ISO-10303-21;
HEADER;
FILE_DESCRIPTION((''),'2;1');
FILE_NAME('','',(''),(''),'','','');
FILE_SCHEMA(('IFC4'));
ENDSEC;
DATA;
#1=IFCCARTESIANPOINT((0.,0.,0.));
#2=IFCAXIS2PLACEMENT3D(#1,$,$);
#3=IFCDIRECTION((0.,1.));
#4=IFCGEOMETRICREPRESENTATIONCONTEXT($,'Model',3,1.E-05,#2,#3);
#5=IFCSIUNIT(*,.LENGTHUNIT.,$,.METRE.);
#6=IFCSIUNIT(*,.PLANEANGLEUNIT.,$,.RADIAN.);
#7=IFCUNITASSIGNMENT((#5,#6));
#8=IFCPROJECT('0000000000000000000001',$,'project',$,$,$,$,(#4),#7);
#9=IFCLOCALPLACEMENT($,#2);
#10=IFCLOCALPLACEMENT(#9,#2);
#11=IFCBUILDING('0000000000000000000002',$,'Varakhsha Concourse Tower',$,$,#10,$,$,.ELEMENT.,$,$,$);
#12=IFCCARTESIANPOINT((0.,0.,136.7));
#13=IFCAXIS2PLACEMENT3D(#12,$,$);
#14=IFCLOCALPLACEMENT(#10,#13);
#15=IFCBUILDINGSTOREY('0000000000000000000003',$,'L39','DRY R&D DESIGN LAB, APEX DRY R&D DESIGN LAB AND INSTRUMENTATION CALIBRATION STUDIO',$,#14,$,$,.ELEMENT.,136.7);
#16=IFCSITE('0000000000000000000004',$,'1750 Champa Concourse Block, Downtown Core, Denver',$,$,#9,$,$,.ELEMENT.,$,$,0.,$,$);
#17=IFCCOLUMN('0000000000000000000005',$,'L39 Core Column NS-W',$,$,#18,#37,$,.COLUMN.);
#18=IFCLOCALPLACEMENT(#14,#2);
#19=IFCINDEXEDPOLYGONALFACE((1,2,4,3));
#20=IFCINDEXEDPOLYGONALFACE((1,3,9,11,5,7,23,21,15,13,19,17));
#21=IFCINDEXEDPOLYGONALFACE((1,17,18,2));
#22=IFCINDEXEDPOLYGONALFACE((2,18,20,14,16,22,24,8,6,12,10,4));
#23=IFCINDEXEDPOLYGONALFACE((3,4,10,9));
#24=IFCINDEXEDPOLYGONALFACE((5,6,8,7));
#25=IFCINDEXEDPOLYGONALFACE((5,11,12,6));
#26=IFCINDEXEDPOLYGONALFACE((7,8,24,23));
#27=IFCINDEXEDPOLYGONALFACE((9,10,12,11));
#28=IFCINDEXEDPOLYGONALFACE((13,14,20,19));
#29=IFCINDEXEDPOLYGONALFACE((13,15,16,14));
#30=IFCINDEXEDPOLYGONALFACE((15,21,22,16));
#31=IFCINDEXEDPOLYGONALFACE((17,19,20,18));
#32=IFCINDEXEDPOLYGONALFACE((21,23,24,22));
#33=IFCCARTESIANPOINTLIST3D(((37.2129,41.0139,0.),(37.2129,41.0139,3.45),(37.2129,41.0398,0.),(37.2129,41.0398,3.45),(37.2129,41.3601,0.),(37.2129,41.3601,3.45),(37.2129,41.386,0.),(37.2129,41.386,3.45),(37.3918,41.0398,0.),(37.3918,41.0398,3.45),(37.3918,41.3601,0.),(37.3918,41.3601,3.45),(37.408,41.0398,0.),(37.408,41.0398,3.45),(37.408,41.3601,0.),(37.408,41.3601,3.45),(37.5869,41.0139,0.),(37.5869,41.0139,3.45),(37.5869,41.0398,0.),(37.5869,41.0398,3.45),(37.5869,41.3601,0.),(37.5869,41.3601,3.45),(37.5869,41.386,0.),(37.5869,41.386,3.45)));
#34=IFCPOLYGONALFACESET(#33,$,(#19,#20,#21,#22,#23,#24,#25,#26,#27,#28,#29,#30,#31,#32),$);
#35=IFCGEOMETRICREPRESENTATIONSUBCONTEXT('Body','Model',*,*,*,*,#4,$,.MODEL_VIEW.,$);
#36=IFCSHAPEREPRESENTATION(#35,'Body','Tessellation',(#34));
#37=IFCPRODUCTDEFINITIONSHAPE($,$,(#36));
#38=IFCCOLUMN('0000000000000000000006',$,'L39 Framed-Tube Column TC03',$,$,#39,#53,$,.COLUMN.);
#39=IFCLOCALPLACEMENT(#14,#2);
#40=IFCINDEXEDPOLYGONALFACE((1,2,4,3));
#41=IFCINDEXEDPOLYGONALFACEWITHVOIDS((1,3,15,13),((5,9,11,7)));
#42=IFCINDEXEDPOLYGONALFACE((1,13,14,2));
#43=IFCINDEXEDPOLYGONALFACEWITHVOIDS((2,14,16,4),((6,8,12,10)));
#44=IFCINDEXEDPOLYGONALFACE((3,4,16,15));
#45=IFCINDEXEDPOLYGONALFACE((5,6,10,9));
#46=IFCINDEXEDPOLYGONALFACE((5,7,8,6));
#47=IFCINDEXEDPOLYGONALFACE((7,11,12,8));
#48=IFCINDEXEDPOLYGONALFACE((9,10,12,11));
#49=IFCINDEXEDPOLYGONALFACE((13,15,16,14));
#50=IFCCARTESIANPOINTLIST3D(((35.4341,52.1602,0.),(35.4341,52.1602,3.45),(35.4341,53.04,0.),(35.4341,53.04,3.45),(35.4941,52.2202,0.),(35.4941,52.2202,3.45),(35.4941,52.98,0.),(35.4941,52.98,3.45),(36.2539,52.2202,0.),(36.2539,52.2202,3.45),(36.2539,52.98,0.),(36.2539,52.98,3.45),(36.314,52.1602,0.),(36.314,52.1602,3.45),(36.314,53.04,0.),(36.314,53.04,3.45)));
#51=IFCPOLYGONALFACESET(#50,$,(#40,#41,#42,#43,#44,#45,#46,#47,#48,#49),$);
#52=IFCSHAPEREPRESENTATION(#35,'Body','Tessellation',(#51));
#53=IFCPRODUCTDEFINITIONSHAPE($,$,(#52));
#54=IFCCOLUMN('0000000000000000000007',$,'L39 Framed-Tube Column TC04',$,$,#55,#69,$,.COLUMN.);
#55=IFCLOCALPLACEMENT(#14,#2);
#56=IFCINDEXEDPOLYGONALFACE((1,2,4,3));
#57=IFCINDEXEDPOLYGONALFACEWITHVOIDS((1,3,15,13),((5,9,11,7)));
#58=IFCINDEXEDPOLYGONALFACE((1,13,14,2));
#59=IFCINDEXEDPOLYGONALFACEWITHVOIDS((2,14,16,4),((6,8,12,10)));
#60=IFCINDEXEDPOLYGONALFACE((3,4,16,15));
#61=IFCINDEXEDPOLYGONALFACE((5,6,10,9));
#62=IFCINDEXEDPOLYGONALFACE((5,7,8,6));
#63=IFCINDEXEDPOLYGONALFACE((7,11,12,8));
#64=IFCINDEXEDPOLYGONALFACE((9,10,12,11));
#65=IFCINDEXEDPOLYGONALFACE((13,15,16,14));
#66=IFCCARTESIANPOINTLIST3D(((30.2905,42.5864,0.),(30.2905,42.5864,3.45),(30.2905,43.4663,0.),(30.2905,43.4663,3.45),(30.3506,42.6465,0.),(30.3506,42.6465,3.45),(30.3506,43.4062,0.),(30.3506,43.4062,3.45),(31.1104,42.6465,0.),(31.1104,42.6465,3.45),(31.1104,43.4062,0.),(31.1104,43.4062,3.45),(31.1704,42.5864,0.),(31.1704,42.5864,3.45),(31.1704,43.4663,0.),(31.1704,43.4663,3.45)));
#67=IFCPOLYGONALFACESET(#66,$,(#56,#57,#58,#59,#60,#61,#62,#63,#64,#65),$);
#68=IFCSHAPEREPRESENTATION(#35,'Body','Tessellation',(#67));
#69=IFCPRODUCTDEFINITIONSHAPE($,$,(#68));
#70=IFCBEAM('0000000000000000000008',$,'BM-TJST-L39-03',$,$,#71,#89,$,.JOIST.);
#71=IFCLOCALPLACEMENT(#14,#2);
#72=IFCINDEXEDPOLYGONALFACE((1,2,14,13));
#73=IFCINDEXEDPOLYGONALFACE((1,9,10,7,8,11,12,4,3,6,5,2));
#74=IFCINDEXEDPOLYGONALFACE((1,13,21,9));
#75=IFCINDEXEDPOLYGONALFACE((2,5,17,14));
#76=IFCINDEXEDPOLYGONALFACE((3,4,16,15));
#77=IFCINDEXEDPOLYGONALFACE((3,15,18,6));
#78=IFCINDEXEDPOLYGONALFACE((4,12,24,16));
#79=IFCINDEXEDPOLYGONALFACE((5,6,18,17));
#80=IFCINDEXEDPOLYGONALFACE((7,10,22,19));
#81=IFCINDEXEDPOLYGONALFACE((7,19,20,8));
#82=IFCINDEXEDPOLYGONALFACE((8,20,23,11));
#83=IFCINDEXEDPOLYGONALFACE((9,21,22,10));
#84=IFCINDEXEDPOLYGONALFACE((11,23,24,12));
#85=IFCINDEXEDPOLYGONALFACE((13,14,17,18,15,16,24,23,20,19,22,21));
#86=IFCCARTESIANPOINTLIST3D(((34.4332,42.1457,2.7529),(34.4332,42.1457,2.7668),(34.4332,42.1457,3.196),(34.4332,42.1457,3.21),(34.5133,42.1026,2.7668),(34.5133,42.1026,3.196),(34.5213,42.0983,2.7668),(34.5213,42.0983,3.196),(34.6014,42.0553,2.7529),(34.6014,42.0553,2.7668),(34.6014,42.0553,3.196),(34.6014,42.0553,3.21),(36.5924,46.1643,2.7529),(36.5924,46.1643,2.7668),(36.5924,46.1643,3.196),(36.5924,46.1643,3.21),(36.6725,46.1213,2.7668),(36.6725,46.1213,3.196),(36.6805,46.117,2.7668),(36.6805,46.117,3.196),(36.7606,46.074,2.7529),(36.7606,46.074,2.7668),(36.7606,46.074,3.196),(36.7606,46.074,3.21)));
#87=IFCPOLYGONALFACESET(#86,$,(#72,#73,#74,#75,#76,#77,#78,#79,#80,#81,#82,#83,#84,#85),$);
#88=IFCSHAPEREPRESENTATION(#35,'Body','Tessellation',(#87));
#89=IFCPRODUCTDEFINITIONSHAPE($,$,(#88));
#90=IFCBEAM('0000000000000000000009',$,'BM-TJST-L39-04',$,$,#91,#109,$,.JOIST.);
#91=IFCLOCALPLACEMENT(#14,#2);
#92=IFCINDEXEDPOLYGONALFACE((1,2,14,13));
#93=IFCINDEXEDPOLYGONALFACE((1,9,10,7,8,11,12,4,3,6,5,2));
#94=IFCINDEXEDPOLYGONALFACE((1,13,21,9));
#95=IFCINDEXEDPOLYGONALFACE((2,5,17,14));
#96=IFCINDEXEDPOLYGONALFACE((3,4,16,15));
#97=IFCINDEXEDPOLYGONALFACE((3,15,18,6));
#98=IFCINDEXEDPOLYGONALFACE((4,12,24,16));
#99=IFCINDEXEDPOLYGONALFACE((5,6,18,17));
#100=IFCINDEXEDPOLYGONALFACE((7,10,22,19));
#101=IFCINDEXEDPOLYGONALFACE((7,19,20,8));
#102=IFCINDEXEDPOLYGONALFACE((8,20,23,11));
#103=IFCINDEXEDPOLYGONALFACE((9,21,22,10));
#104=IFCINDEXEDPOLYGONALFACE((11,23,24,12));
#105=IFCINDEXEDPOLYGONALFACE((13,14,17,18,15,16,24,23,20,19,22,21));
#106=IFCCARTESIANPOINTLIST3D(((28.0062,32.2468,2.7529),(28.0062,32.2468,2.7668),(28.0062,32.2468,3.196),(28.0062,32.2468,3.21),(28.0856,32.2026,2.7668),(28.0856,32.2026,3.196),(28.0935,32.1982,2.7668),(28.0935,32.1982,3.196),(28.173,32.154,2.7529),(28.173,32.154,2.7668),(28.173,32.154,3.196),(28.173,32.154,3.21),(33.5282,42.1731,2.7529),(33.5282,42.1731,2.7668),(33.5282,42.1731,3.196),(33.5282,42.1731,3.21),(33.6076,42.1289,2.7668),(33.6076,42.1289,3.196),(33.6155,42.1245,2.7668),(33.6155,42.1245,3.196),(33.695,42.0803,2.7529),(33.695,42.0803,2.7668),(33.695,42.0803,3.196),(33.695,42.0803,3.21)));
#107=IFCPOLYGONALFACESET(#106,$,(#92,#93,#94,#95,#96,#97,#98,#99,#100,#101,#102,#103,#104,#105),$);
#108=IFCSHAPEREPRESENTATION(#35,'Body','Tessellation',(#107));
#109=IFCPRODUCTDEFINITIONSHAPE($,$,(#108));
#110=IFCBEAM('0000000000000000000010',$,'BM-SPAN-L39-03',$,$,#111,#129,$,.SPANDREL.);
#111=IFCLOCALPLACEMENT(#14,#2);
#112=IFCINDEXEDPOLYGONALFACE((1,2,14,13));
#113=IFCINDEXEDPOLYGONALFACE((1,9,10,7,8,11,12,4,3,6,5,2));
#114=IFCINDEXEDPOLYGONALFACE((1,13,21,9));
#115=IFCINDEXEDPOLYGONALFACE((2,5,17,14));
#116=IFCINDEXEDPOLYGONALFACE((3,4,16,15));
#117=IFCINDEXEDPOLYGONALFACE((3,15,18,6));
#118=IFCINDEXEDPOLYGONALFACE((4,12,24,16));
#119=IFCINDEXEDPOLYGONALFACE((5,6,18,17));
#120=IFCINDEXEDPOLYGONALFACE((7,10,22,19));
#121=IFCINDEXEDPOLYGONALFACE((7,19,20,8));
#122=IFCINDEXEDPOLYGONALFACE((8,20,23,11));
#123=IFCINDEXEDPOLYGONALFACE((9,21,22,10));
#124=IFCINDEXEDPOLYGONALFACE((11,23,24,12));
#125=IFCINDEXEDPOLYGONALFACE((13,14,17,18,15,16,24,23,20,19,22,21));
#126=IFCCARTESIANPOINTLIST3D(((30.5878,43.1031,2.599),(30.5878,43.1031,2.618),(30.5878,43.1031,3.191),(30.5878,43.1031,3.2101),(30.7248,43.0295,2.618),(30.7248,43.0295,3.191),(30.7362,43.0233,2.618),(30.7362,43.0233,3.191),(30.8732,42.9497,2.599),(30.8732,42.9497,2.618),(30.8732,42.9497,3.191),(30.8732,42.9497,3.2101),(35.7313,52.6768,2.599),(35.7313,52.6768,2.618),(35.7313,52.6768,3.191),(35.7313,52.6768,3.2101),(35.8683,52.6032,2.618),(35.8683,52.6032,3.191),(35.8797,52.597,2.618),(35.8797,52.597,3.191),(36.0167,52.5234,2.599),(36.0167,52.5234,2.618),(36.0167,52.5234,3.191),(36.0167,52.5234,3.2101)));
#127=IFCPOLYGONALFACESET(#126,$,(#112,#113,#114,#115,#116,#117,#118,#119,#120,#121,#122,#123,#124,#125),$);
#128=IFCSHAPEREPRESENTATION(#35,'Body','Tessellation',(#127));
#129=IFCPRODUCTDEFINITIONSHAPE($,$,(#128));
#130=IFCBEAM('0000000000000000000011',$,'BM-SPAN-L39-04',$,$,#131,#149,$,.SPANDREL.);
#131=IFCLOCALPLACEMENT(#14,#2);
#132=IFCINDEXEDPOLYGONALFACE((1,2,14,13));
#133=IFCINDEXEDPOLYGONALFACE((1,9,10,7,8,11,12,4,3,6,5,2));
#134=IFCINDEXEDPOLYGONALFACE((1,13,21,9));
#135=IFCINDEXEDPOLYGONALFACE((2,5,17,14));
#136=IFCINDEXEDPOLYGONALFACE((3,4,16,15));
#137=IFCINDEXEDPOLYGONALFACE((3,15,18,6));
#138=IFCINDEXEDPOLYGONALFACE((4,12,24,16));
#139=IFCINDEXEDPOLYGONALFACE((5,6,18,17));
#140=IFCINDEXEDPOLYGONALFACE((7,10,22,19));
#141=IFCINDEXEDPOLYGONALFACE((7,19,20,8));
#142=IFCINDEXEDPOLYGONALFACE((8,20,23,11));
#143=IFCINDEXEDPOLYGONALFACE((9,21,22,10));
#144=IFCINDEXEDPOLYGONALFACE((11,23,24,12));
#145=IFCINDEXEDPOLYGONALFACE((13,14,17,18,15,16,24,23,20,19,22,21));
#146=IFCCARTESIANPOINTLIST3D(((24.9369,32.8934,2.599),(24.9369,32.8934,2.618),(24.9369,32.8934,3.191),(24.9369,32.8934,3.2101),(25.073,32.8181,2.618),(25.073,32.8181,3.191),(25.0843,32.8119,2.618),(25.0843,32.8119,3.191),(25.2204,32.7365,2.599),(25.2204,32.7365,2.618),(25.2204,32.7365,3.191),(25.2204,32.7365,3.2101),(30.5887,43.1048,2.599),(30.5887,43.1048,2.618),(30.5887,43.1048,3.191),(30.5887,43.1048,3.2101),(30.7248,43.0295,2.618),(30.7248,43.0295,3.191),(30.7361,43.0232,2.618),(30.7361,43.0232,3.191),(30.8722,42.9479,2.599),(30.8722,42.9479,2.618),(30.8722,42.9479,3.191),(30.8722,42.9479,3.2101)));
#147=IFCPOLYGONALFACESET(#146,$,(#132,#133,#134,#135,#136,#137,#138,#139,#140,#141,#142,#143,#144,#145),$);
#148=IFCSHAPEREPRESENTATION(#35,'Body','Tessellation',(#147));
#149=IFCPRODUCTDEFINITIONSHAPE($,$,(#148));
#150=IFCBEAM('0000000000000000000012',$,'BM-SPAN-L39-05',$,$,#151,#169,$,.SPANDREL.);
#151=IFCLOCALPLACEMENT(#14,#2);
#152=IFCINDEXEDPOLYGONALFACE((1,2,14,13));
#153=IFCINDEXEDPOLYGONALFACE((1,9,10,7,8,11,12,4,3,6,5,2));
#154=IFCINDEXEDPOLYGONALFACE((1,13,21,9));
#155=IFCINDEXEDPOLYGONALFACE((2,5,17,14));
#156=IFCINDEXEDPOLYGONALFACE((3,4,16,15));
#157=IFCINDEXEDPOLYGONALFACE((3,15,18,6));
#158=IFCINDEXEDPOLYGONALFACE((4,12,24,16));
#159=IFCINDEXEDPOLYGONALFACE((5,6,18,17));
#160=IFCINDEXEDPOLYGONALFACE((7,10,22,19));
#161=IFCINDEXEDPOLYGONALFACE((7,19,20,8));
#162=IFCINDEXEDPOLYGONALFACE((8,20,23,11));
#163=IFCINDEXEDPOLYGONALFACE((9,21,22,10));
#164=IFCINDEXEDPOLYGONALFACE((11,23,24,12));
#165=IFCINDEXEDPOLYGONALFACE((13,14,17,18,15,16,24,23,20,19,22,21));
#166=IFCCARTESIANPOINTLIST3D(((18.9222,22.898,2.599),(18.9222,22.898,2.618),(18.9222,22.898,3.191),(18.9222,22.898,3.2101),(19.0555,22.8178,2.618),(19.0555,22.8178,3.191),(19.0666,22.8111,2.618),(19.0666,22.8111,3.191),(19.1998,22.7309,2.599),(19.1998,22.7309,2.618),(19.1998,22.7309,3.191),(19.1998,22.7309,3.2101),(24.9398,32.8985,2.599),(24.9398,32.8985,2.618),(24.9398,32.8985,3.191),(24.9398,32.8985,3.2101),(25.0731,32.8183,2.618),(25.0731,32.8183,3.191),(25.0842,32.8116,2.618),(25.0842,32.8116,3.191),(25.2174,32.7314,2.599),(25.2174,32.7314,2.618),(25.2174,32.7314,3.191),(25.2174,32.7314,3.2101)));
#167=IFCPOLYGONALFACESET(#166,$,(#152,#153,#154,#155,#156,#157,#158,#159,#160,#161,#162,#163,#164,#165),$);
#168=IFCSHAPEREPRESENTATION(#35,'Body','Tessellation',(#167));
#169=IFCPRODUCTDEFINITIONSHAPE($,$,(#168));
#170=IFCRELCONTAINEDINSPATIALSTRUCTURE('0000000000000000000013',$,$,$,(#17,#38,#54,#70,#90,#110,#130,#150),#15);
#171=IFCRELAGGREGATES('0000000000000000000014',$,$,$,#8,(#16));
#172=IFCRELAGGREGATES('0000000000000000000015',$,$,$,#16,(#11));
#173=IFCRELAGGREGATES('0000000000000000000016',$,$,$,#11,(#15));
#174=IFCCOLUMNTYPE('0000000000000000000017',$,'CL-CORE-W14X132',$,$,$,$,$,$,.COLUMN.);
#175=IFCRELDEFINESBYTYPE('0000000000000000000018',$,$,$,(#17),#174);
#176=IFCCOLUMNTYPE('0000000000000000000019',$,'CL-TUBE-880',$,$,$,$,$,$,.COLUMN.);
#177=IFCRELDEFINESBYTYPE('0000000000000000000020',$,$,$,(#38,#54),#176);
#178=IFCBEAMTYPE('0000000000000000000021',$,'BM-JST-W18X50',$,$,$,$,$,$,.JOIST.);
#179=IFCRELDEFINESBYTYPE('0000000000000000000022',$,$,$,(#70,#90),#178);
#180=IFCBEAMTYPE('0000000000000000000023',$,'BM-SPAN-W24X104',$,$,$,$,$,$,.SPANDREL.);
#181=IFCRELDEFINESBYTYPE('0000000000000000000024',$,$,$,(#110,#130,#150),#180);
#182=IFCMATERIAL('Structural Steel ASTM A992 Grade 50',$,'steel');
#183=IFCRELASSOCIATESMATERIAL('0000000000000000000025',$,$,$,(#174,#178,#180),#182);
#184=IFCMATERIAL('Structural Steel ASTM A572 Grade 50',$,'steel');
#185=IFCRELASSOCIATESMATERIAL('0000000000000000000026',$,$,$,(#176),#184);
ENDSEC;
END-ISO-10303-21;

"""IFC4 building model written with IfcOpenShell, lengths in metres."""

from ifc_helpers import new_model, si_unit, direction, frame, origin, origin_2d, place, context, subcontext, project, spatial, hollow_rectangle, i_section, extrude, material, material_profile, profile_set, type_object, element, save


model = new_model("IFC4")

# Units and contexts
model_context = context("Model", 3, precision=1e-05, world=origin(), true_north=direction((0.0, 1.0)))
body_context = subcontext(model_context, "Body", "Model", "MODEL_VIEW")
ifc_project = project(units=[si_unit("LENGTHUNIT", "METRE"), si_unit("PLANEANGLEUNIT", "RADIAN")], contexts=[model_context])

# Site, building, storey
site_placement = place(None, origin())
site = spatial("IfcSite", under=ifc_project, at=site_placement, Name="1750 Champa Concourse Block, Downtown Core, Denver", CompositionType="ELEMENT", RefElevation=0.0)
building_placement = place(site_placement, origin())
building = spatial("IfcBuilding", under=site, at=building_placement, Name="Varakhsha Concourse Tower", CompositionType="ELEMENT")
storey_placement = place(building_placement, frame((0.0, 0.0, 136.7)))
storey = spatial("IfcBuildingStorey", under=building, at=storey_placement, Name="L39", Description="DRY R&D DESIGN LAB, APEX DRY R&D DESIGN LAB AND INSTRUMENTATION CALIBRATION STUDIO", CompositionType="ELEMENT", Elevation=136.7)

# Columns
ifc_material_1 = material(Name="Structural Steel ASTM A992 Grade 50", Category="steel")
ifc_material_profile_1 = material_profile(ifc_material_1, i_section(OverallWidth=0.374, OverallDepth=0.3721, WebThickness=0.0161, FlangeThickness=0.0259, at=origin_2d()), Name="W14X132")
ifc_profile_set_1 = profile_set([ifc_material_profile_1], Name="Structural Steel ASTM A992 Grade 50")
column_type_1 = type_object("IfcColumnType", Name="CL-CORE-W14X132", PredefinedType="COLUMN", material=ifc_profile_set_1)
column_placement = place(storey_placement, frame((37.3999, 41.2, 0.0), z_axis=(0.0, 0.0, 1.0), x_axis=(1.0, 0.0, 0.0)))
element("IfcColumn", 1, at=column_placement, inside=storey, type_object=column_type_1, Name="L39 Core Column NS-W", PredefinedType="COLUMN", context=body_context, shape_type="SweptSolid", body=[
    extrude(i_section(OverallWidth=0.374, OverallDepth=0.3721, WebThickness=0.0161, FlangeThickness=0.0259, at=origin_2d()), origin(), (0.0, 0.0, 1.0), 3.45),
])
ifc_material_2 = material(Name="Structural Steel ASTM A572 Grade 50", Category="steel")
ifc_material_profile_2 = material_profile(ifc_material_2, hollow_rectangle(XDim=0.8799, YDim=0.8799, WallThickness=0.0601, at=origin_2d()), Name="BOX 880x880x60")
ifc_profile_set_2 = profile_set([ifc_material_profile_2], Name="Structural Steel ASTM A572 Grade 50")
column_type_2 = type_object("IfcColumnType", Name="CL-TUBE-880", PredefinedType="COLUMN", material=ifc_profile_set_2)
for number, where, z_axis, x_axis, name in (
    (2, (35.874, 52.6001, 0.0), (0.0, 0.0, 1.0), (1.0, 0.0, 0.0), "L39 Framed-Tube Column TC03"),
    (3, (30.7305, 43.0264, 0.0), (0.0, 0.0, 1.0), (1.0, 0.0, 0.0), "L39 Framed-Tube Column TC04"),
):
    element("IfcColumn", number, at=place(storey_placement, frame(where, z_axis=z_axis, x_axis=x_axis)), inside=storey, type_object=column_type_2, Name=name, PredefinedType="COLUMN", context=body_context, shape_type="SweptSolid", body=[
        extrude(hollow_rectangle(XDim=0.8799, YDim=0.8799, WallThickness=0.0601, at=origin_2d()), origin(), (0.0, 0.0, 1.0), 3.45),
    ])

# Beams
ifc_material_profile_3 = material_profile(ifc_material_1, i_section(OverallWidth=0.1909, OverallDepth=0.457, WebThickness=0.009, FlangeThickness=0.0139, at=origin_2d()), Name="W18X50")
ifc_profile_set_3 = profile_set([ifc_material_profile_3], Name="Structural Steel ASTM A992 Grade 50")
beam_type_1 = type_object("IfcBeamType", Name="BM-JST-W18X50", PredefinedType="JOIST", material=ifc_profile_set_3)
beam_1_placement = place(storey_placement, frame((36.6765, 46.1191, 2.9814), z_axis=(-0.473308, -0.880897, 0.0), x_axis=(0.880897, -0.473308, 0.0)))
element("IfcBeam", 4, at=beam_1_placement, inside=storey, type_object=beam_type_1, Name="BM-TJST-L39-03", PredefinedType="JOIST", context=body_context, shape_type="SweptSolid", body=[
    extrude(i_section(OverallWidth=0.1909, OverallDepth=0.457, WebThickness=0.009, FlangeThickness=0.0139, at=origin_2d()), origin(), (0.0, 0.0, 1.0), 4.562),
])
beam_2_placement = place(storey_placement, frame((33.6116, 42.1267, 2.9814), z_axis=(-0.486139, -0.873881, 0.0), x_axis=(0.873881, -0.486139, 0.0)))
element("IfcBeam", 5, at=beam_2_placement, inside=storey, type_object=beam_type_1, Name="BM-TJST-L39-04", PredefinedType="JOIST", context=body_context, shape_type="SweptSolid", body=[
    extrude(i_section(OverallWidth=0.1909, OverallDepth=0.457, WebThickness=0.009, FlangeThickness=0.0139, at=origin_2d()), origin(), (0.0, 0.0, 1.0), 11.3589),
])
ifc_material_profile_4 = material_profile(ifc_material_1, i_section(OverallWidth=0.324, OverallDepth=0.6111, WebThickness=0.0129, FlangeThickness=0.019, at=origin_2d()), Name="W24X104")
ifc_profile_set_4 = profile_set([ifc_material_profile_4], Name="Structural Steel ASTM A992 Grade 50")
beam_type_2 = type_object("IfcBeamType", Name="BM-SPAN-W24X104", PredefinedType="SPANDREL", material=ifc_profile_set_4)
beam_3_placement = place(storey_placement, frame((35.874, 52.6001, 2.9045), z_axis=(-0.473277, -0.880914, 0.0), x_axis=(0.880914, -0.473277, 0.0)))
element("IfcBeam", 6, at=beam_3_placement, inside=storey, type_object=beam_type_2, Name="BM-SPAN-L39-03", PredefinedType="SPANDREL", context=body_context, shape_type="SweptSolid", body=[
    extrude(i_section(OverallWidth=0.324, OverallDepth=0.6111, WebThickness=0.0129, FlangeThickness=0.019, at=origin_2d()), origin(), (0.0, 0.0, 1.0), 10.8679),
])
beam_4_placement = place(storey_placement, frame((30.7305, 43.0264, 2.9045), z_axis=(-0.484257, -0.874926, 0.0), x_axis=(0.874926, -0.484257, 0.0)))
element("IfcBeam", 7, at=beam_4_placement, inside=storey, type_object=beam_type_2, Name="BM-SPAN-L39-04", PredefinedType="SPANDREL", context=body_context, shape_type="SweptSolid", body=[
    extrude(i_section(OverallWidth=0.324, OverallDepth=0.6111, WebThickness=0.0129, FlangeThickness=0.019, at=origin_2d()), origin(), (0.0, 0.0, 1.0), 11.6711),
])
beam_5_placement = place(storey_placement, frame((25.0786, 32.8149, 2.9045), z_axis=(-0.515584, -0.856839, 0.0), x_axis=(0.856839, -0.515584, 0.0)))
element("IfcBeam", 8, at=beam_5_placement, inside=storey, type_object=beam_type_2, Name="BM-SPAN-L39-05", PredefinedType="SPANDREL", context=body_context, shape_type="SweptSolid", body=[
    extrude(i_section(OverallWidth=0.324, OverallDepth=0.6111, WebThickness=0.0129, FlangeThickness=0.019, at=origin_2d()), origin(), (0.0, 0.0, 1.0), 11.6714),
])

save(model, "model.ifc")
